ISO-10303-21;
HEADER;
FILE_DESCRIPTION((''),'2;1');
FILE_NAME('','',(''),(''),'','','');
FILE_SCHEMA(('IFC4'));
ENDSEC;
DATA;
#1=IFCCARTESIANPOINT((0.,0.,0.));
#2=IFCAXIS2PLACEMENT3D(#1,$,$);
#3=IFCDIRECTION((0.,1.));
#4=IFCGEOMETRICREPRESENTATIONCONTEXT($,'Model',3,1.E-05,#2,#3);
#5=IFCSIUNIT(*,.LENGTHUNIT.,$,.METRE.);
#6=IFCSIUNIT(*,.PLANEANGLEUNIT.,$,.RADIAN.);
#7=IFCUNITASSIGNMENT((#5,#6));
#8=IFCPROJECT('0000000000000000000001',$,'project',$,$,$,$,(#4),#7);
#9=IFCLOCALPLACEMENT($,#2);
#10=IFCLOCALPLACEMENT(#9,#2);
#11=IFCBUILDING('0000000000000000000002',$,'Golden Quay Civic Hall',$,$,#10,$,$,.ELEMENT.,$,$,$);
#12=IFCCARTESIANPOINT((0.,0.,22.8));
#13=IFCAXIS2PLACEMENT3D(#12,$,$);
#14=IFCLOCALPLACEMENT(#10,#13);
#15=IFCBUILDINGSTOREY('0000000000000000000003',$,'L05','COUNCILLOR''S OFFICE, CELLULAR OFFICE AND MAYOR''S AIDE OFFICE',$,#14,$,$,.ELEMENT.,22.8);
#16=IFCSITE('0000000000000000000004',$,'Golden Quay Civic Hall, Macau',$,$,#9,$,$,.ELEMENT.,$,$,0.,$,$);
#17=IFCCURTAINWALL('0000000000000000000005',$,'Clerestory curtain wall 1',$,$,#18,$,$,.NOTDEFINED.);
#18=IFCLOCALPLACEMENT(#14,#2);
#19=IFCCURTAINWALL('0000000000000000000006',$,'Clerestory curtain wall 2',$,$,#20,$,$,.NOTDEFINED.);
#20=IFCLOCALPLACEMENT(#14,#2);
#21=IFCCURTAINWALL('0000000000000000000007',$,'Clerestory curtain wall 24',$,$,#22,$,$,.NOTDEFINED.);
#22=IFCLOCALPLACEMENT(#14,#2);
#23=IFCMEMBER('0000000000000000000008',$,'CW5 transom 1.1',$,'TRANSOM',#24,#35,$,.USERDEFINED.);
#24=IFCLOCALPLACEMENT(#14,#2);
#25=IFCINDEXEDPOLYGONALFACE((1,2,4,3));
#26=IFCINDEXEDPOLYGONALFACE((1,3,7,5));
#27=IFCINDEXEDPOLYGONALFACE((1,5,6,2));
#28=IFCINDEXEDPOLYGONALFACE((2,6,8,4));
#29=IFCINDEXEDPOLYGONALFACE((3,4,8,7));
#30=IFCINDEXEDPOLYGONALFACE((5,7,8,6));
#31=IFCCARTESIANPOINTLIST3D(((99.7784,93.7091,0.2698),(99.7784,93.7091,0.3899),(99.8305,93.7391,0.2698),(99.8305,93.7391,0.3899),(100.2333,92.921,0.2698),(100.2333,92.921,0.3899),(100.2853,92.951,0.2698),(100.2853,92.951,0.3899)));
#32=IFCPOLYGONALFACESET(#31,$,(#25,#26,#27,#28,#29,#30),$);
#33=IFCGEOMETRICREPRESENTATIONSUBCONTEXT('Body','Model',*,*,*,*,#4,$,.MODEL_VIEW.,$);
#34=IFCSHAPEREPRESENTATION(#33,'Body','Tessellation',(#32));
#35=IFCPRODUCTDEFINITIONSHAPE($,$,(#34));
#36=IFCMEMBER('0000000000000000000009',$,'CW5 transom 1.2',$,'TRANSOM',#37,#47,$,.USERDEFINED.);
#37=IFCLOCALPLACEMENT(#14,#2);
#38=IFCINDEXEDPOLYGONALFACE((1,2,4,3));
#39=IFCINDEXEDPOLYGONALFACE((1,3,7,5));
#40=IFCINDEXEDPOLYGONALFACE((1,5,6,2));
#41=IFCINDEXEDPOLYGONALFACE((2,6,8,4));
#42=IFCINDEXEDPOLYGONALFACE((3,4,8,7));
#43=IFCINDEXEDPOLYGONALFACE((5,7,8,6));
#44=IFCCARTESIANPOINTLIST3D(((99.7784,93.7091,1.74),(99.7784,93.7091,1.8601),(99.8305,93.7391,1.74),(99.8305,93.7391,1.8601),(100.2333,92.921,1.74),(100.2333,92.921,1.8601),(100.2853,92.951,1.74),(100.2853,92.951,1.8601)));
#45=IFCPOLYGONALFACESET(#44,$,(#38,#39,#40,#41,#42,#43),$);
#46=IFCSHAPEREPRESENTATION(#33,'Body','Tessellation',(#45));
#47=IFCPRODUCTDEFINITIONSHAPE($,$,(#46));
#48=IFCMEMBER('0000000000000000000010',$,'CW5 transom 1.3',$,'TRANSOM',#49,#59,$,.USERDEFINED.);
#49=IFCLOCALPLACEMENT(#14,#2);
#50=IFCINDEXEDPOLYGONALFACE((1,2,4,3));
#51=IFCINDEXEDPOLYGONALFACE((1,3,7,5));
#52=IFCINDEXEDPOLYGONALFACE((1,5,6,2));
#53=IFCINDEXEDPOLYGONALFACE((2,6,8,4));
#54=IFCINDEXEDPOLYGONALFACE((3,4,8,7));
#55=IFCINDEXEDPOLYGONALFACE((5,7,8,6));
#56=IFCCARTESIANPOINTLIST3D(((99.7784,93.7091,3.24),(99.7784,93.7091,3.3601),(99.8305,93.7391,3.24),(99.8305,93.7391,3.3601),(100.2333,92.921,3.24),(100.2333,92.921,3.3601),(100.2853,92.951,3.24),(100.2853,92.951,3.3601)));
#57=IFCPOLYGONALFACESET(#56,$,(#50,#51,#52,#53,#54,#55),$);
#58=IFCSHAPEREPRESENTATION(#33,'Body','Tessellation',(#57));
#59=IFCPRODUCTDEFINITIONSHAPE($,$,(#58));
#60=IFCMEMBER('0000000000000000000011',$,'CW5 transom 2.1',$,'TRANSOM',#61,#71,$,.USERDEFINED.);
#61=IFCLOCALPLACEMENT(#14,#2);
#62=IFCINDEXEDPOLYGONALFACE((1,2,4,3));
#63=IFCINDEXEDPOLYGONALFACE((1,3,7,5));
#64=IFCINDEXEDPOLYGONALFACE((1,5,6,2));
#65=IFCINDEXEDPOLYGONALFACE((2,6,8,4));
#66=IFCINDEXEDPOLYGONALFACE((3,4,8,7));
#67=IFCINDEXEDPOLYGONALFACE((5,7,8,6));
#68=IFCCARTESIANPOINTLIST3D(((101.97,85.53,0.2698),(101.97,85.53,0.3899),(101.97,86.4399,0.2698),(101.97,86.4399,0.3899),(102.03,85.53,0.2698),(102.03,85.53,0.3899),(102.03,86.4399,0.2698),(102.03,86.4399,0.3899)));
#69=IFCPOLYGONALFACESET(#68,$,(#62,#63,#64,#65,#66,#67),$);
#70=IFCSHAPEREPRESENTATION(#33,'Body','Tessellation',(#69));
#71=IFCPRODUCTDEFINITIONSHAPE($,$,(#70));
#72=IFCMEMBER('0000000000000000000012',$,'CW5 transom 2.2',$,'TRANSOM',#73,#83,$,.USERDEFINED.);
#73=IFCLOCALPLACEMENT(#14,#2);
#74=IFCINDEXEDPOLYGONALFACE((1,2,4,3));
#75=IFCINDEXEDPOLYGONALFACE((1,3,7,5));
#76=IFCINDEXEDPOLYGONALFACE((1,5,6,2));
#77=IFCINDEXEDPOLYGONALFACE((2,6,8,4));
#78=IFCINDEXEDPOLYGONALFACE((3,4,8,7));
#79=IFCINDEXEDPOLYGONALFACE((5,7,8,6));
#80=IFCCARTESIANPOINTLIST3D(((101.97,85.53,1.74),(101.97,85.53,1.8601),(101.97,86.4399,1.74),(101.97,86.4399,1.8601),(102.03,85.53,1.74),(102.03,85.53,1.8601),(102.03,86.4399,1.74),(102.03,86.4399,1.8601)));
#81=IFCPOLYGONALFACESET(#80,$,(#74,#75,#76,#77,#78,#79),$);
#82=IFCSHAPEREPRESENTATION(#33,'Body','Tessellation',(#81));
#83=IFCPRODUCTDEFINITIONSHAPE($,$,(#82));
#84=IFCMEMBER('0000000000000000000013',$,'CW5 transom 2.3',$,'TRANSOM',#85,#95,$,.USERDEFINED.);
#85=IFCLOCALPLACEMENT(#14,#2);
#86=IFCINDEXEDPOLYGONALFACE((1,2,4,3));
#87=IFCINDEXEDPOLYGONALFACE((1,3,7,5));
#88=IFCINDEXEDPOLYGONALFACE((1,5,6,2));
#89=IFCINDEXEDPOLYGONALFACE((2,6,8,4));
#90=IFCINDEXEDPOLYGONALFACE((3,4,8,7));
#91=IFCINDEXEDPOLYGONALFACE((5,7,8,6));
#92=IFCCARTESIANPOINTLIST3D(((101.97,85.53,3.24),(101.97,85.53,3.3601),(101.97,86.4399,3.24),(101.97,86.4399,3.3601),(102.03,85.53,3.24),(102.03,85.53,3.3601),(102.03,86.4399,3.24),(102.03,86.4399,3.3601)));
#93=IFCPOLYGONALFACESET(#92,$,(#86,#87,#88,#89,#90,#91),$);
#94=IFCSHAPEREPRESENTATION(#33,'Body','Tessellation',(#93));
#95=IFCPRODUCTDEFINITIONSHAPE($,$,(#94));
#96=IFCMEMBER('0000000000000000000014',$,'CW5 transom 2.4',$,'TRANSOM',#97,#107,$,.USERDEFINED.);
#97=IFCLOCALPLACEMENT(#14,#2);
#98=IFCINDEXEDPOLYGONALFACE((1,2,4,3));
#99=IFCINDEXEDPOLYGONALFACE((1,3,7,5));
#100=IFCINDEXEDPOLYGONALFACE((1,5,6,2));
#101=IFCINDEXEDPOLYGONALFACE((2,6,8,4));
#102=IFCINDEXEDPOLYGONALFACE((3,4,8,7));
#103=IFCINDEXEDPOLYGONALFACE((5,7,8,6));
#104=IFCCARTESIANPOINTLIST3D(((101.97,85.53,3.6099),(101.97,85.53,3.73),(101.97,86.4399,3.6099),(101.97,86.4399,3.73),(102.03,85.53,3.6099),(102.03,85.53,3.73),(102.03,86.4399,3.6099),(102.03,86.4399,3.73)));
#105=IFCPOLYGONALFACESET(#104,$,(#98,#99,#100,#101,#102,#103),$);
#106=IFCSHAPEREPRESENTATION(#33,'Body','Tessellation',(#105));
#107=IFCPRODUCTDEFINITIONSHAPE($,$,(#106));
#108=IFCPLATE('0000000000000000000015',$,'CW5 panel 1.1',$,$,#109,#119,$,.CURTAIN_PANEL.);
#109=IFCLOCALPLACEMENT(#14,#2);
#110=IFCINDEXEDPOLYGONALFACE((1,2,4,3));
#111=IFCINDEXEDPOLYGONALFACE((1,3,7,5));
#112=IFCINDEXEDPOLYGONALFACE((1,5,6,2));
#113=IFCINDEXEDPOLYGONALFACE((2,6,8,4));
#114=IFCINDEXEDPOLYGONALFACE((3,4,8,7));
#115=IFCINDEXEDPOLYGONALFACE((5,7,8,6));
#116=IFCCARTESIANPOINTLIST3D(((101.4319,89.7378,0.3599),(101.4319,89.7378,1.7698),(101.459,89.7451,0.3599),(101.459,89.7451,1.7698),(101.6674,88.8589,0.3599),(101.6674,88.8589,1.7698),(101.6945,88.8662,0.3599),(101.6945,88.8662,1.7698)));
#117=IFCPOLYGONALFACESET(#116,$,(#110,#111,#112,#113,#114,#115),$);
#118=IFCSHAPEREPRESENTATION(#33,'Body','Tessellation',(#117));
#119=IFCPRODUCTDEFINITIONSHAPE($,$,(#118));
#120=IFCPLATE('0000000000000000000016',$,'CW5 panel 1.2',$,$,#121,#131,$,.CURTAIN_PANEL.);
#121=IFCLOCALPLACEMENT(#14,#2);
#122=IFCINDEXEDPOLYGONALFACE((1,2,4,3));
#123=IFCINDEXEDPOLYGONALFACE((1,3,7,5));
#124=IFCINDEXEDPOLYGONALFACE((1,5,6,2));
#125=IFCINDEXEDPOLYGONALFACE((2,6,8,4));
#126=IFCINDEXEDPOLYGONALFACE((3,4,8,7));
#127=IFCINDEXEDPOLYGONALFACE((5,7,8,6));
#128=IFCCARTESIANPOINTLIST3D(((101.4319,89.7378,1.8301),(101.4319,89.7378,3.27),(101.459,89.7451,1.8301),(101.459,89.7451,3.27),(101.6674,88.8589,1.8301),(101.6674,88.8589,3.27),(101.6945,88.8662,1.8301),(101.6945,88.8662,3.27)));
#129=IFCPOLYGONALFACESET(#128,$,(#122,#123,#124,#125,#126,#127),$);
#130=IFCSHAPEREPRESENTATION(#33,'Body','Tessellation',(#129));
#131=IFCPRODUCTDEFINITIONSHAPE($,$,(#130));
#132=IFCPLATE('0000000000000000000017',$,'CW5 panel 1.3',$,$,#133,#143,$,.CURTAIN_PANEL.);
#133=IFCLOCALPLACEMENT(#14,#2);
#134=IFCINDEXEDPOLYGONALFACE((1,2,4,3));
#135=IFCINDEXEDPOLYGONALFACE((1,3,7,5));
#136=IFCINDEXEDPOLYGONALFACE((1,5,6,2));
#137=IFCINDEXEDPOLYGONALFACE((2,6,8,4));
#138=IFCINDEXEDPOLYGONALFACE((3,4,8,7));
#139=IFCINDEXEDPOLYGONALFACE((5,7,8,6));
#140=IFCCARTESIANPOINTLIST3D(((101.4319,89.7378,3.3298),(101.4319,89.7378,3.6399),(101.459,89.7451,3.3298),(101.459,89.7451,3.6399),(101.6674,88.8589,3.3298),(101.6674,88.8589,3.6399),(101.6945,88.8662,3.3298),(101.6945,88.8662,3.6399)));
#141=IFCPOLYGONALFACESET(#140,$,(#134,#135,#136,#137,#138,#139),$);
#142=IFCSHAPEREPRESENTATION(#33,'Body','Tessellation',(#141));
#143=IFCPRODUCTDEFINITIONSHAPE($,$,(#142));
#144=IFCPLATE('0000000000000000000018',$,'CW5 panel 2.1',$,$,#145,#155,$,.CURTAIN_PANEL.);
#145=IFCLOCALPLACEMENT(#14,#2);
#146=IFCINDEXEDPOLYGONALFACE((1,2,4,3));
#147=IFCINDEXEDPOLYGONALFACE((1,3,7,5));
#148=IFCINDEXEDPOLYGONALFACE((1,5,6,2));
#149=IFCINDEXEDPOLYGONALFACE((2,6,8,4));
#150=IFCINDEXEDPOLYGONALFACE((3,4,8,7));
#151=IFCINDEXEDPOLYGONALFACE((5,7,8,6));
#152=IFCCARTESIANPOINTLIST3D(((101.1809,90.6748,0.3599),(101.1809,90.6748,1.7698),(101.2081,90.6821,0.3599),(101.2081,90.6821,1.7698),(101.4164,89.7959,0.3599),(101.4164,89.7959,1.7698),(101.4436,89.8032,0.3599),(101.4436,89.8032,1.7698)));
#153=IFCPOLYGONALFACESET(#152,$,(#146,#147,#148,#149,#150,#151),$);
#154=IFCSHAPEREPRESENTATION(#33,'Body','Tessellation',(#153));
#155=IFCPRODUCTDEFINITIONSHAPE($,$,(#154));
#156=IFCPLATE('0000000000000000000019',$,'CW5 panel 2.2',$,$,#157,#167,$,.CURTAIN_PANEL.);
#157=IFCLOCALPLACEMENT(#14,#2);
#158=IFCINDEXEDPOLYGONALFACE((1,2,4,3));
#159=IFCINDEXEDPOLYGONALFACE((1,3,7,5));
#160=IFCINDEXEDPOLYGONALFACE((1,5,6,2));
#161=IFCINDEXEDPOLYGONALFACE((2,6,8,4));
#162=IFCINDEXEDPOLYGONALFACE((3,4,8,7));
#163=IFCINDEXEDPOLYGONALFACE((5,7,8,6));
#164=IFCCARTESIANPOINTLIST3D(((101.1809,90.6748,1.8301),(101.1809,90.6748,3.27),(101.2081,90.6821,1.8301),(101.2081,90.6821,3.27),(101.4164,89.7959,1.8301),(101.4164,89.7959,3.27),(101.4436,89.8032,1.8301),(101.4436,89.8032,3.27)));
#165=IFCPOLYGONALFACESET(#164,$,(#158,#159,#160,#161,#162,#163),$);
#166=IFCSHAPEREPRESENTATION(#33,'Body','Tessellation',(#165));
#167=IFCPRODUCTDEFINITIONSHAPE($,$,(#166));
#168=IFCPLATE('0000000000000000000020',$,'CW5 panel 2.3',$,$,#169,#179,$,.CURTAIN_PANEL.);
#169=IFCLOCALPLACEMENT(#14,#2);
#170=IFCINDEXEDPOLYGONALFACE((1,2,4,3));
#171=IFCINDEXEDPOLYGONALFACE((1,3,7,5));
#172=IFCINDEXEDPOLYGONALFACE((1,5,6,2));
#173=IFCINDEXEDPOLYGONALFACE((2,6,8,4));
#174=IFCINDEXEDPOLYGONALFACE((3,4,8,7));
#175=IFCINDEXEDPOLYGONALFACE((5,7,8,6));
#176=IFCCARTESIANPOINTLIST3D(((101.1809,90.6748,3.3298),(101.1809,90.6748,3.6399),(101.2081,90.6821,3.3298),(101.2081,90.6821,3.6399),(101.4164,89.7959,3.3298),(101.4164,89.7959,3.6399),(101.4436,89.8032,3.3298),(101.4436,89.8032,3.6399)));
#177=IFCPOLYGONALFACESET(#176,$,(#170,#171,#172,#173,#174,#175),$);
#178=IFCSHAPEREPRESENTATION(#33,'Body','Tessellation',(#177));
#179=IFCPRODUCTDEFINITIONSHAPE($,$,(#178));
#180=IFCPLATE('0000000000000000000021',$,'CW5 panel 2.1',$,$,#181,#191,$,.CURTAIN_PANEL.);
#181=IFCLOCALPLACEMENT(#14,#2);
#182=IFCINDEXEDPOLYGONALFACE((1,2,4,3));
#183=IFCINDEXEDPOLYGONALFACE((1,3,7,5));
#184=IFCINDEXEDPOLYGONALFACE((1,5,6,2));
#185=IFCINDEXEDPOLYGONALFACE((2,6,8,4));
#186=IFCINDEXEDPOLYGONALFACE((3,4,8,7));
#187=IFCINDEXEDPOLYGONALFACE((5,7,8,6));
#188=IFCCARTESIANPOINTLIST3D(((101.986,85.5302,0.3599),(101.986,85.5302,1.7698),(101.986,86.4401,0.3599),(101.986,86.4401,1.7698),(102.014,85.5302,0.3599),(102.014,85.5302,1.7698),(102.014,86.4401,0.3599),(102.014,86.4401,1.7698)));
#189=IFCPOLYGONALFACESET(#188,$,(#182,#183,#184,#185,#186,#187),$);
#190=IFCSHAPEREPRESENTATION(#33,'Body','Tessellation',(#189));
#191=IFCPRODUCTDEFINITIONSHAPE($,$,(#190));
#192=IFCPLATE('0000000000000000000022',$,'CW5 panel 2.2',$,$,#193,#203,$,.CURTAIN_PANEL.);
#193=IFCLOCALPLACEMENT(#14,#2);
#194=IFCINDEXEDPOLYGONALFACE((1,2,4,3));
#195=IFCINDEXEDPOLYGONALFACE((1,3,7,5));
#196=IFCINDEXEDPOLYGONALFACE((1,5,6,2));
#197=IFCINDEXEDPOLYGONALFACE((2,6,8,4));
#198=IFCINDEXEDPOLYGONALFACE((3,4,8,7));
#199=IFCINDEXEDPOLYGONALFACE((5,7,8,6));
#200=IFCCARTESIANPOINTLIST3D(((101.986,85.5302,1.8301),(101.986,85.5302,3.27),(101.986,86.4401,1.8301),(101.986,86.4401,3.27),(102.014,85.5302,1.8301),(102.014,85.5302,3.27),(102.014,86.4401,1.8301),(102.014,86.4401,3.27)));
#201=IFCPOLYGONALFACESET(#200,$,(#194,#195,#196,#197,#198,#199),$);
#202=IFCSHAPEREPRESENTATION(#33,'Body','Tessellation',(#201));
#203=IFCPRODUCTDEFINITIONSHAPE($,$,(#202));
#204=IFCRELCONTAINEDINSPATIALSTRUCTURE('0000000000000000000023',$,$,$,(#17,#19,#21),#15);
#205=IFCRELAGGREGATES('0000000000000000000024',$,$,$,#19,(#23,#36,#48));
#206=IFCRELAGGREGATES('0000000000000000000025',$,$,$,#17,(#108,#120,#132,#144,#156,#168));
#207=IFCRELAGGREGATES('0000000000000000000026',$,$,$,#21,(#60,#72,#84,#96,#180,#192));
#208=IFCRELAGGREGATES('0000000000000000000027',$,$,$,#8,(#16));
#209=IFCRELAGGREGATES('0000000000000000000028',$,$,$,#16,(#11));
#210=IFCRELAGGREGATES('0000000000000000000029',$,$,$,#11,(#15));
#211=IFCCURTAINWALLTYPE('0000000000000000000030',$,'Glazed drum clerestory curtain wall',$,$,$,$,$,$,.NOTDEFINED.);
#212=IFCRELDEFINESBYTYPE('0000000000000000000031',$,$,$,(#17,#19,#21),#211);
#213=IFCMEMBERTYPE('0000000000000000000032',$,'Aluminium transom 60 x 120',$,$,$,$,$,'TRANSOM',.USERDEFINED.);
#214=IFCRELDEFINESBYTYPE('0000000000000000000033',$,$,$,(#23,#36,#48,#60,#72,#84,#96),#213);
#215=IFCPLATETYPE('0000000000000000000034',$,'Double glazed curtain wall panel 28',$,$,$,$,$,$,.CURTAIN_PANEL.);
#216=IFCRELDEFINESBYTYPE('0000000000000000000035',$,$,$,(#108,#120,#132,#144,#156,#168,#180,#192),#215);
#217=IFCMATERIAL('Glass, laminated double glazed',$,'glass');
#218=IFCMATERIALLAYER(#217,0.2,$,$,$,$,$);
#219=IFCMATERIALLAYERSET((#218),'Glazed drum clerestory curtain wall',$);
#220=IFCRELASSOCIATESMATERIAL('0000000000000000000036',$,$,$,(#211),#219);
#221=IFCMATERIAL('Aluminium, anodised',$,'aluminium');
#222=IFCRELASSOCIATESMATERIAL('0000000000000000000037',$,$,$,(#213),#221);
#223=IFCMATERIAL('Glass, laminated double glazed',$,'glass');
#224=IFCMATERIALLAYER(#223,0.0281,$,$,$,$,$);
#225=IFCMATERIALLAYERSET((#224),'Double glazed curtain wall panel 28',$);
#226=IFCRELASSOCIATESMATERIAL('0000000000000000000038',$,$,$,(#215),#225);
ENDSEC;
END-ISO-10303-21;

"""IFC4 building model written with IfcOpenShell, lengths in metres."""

from ifc_helpers import new_model, si_unit, direction, frame, origin, origin_2d, place, context, subcontext, project, spatial, rectangle, extrude, material, layer, layer_set, material_profile, profile_set, type_object, element, aggregate, save


model = new_model("IFC4")

# Units and contexts
model_context = context("Model", 3, precision=1e-05, world=origin(), true_north=direction((0.0, 1.0)))
body_context = subcontext(model_context, "Body", "Model", "MODEL_VIEW")
ifc_project = project(units=[si_unit("LENGTHUNIT", "METRE"), si_unit("PLANEANGLEUNIT", "RADIAN")], contexts=[model_context])

# Site, building, storey
site_placement = place(None, origin())
site = spatial("IfcSite", under=ifc_project, at=site_placement, Name="Golden Quay Civic Hall, Macau", CompositionType="ELEMENT", RefElevation=0.0)
building_placement = place(site_placement, origin())
building = spatial("IfcBuilding", under=site, at=building_placement, Name="Golden Quay Civic Hall", CompositionType="ELEMENT")
storey_placement = place(building_placement, frame((0.0, 0.0, 22.8)))
storey = spatial("IfcBuildingStorey", under=building, at=storey_placement, Name="L05", Description="COUNCILLOR'S OFFICE, CELLULAR OFFICE AND MAYOR'S AIDE OFFICE", CompositionType="ELEMENT", Elevation=22.8)

# Curtain wall
ifc_material_1 = material(Name="Glass, laminated double glazed", Category="glass")
ifc_layer_1 = layer(ifc_material_1, 0.2)
ifc_layer_set_1 = layer_set([ifc_layer_1], Name="Glazed drum clerestory curtain wall")
curtain_wall_type = type_object("IfcCurtainWallType", Name="Glazed drum clerestory curtain wall", PredefinedType="NOTDEFINED", material=ifc_layer_set_1)
curtain_wall_1_placement = place(storey_placement, origin())
curtain_wall_1 = element("IfcCurtainWall", 1, at=curtain_wall_1_placement, inside=storey, type_object=curtain_wall_type, Name="Clerestory curtain wall 1", PredefinedType="NOTDEFINED")

# Curtain wall
curtain_wall_2_placement = place(storey_placement, origin())
curtain_wall_2 = element("IfcCurtainWall", 2, at=curtain_wall_2_placement, inside=storey, type_object=curtain_wall_type, Name="Clerestory curtain wall 2", PredefinedType="NOTDEFINED")

# Curtain wall
curtain_wall_3_placement = place(storey_placement, origin())
curtain_wall_3 = element("IfcCurtainWall", 3, at=curtain_wall_3_placement, inside=storey, type_object=curtain_wall_type, Name="Clerestory curtain wall 24", PredefinedType="NOTDEFINED")

# Members
ifc_material_2 = material(Name="Aluminium, anodised", Category="aluminium")
ifc_material_profile_1 = material_profile(ifc_material_2, rectangle(XDim=0.0601, YDim=0.1201, at=origin_2d()), Name="Aluminium 60 x 120")
ifc_profile_set_1 = profile_set([ifc_material_profile_1], Name="Aluminium, anodised")
member_type_1 = type_object("IfcMemberType", Name="Aluminium transom 60 x 120", ElementType="TRANSOM", PredefinedType="USERDEFINED", material=ifc_profile_set_1)
member_1_placement = place(storey_placement, frame((100.2593, 92.936, 0.3298), z_axis=(-0.499862, 0.866105, 0.0), x_axis=(-0.866105, -0.499862, 0.0)))
member_1 = element("IfcMember", 4, at=member_1_placement, type_object=member_type_1, Name="CW5 transom 1.1", ObjectType="TRANSOM", PredefinedType="USERDEFINED", context=body_context, shape_type="SweptSolid", body=[
    extrude(rectangle(XDim=0.0601, YDim=0.1201, at=origin_2d()), origin(), (0.0, 0.0, 1.0), 0.9099),
])
member_2_placement = place(storey_placement, frame((100.2593, 92.936, 1.8), z_axis=(-0.499862, 0.866105, 0.0), x_axis=(-0.866105, -0.499862, 0.0)))
member_2 = element("IfcMember", 5, at=member_2_placement, type_object=member_type_1, Name="CW5 transom 1.2", ObjectType="TRANSOM", PredefinedType="USERDEFINED", context=body_context, shape_type="SweptSolid", body=[
    extrude(rectangle(XDim=0.0601, YDim=0.1201, at=origin_2d()), origin(), (0.0, 0.0, 1.0), 0.9099),
])
member_3_placement = place(storey_placement, frame((100.2593, 92.936, 3.3), z_axis=(-0.499862, 0.866105, 0.0), x_axis=(-0.866105, -0.499862, 0.0)))
member_3 = element("IfcMember", 6, at=member_3_placement, type_object=member_type_1, Name="CW5 transom 1.3", ObjectType="TRANSOM", PredefinedType="USERDEFINED", context=body_context, shape_type="SweptSolid", body=[
    extrude(rectangle(XDim=0.0601, YDim=0.1201, at=origin_2d()), origin(), (0.0, 0.0, 1.0), 0.9099),
])
aggregate(curtain_wall_2, [member_1, member_2, member_3])
member_4_placement = place(storey_placement, frame((102.0, 85.53, 0.3298), z_axis=(0.0, 1.0, 0.0), x_axis=(-1.0, 0.0, 0.0)))
member_4 = element("IfcMember", 7, at=member_4_placement, type_object=member_type_1, Name="CW5 transom 2.1", ObjectType="TRANSOM", PredefinedType="USERDEFINED", context=body_context, shape_type="SweptSolid", body=[
    extrude(rectangle(XDim=0.0601, YDim=0.1201, at=origin_2d()), origin(), (0.0, 0.0, 1.0), 0.9099),
])
member_5_placement = place(storey_placement, frame((102.0, 85.53, 1.8), z_axis=(0.0, 1.0, 0.0), x_axis=(-1.0, 0.0, 0.0)))
member_5 = element("IfcMember", 8, at=member_5_placement, type_object=member_type_1, Name="CW5 transom 2.2", ObjectType="TRANSOM", PredefinedType="USERDEFINED", context=body_context, shape_type="SweptSolid", body=[
    extrude(rectangle(XDim=0.0601, YDim=0.1201, at=origin_2d()), origin(), (0.0, 0.0, 1.0), 0.9099),
])
member_6_placement = place(storey_placement, frame((102.0, 85.53, 3.3), z_axis=(0.0, 1.0, 0.0), x_axis=(-1.0, 0.0, 0.0)))
member_6 = element("IfcMember", 9, at=member_6_placement, type_object=member_type_1, Name="CW5 transom 2.3", ObjectType="TRANSOM", PredefinedType="USERDEFINED", context=body_context, shape_type="SweptSolid", body=[
    extrude(rectangle(XDim=0.0601, YDim=0.1201, at=origin_2d()), origin(), (0.0, 0.0, 1.0), 0.9099),
])
member_7_placement = place(storey_placement, frame((102.0, 85.53, 3.6699), z_axis=(0.0, 1.0, 0.0), x_axis=(-1.0, 0.0, 0.0)))
member_7 = element("IfcMember", 10, at=member_7_placement, type_object=member_type_1, Name="CW5 transom 2.4", ObjectType="TRANSOM", PredefinedType="USERDEFINED", context=body_context, shape_type="SweptSolid", body=[
    extrude(rectangle(XDim=0.0601, YDim=0.1201, at=origin_2d()), origin(), (0.0, 0.0, 1.0), 0.9099),
])

# Plates
ifc_material_3 = material(Name="Glass, laminated double glazed", Category="glass")
ifc_layer_2 = layer(ifc_material_3, 0.0281)
ifc_layer_set_2 = layer_set([ifc_layer_2], Name="Double glazed curtain wall panel 28")
plate_type = type_object("IfcPlateType", Name="Double glazed curtain wall panel 28", PredefinedType="CURTAIN_PANEL", material=ifc_layer_set_2)
plate_1_placement = place(storey_placement, frame((101.5632, 89.302, 0.3599), z_axis=(0.0, 0.0, 1.0), x_axis=(-0.258808, 0.965929, 0.0)))
plate_1 = element("IfcPlate", 11, at=plate_1_placement, type_object=plate_type, Name="CW5 panel 1.1", PredefinedType="CURTAIN_PANEL", context=body_context, shape_type="SweptSolid", body=[
    extrude(rectangle(XDim=0.9099, YDim=0.0281, at=origin_2d()), origin(), (0.0, 0.0, 1.0), 1.4099),
])
plate_2_placement = place(storey_placement, frame((101.5632, 89.302, 1.8301), z_axis=(0.0, 0.0, 1.0), x_axis=(-0.258808, 0.965929, 0.0)))
plate_2 = element("IfcPlate", 12, at=plate_2_placement, type_object=plate_type, Name="CW5 panel 1.2", PredefinedType="CURTAIN_PANEL", context=body_context, shape_type="SweptSolid", body=[
    extrude(rectangle(XDim=0.9099, YDim=0.0281, at=origin_2d()), origin(), (0.0, 0.0, 1.0), 1.4399),
])
plate_3_placement = place(storey_placement, frame((101.5632, 89.302, 3.3298), z_axis=(0.0, 0.0, 1.0), x_axis=(-0.258808, 0.965929, 0.0)))
plate_3 = element("IfcPlate", 13, at=plate_3_placement, type_object=plate_type, Name="CW5 panel 1.3", PredefinedType="CURTAIN_PANEL", context=body_context, shape_type="SweptSolid", body=[
    extrude(rectangle(XDim=0.9099, YDim=0.0281, at=origin_2d()), origin(), (0.0, 0.0, 1.0), 0.3101),
])
plate_4_placement = place(storey_placement, frame((101.3123, 90.239, 0.3599), z_axis=(0.0, 0.0, 1.0), x_axis=(-0.258808, 0.965929, 0.0)))
plate_4 = element("IfcPlate", 14, at=plate_4_placement, type_object=plate_type, Name="CW5 panel 2.1", PredefinedType="CURTAIN_PANEL", context=body_context, shape_type="SweptSolid", body=[
    extrude(rectangle(XDim=0.9099, YDim=0.0281, at=origin_2d()), origin(), (0.0, 0.0, 1.0), 1.4099),
])
plate_5_placement = place(storey_placement, frame((101.3123, 90.239, 1.8301), z_axis=(0.0, 0.0, 1.0), x_axis=(-0.258808, 0.965929, 0.0)))
plate_5 = element("IfcPlate", 15, at=plate_5_placement, type_object=plate_type, Name="CW5 panel 2.2", PredefinedType="CURTAIN_PANEL", context=body_context, shape_type="SweptSolid", body=[
    extrude(rectangle(XDim=0.9099, YDim=0.0281, at=origin_2d()), origin(), (0.0, 0.0, 1.0), 1.4399),
])
plate_6_placement = place(storey_placement, frame((101.3123, 90.239, 3.3298), z_axis=(0.0, 0.0, 1.0), x_axis=(-0.258808, 0.965929, 0.0)))
plate_6 = element("IfcPlate", 16, at=plate_6_placement, type_object=plate_type, Name="CW5 panel 2.3", PredefinedType="CURTAIN_PANEL", context=body_context, shape_type="SweptSolid", body=[
    extrude(rectangle(XDim=0.9099, YDim=0.0281, at=origin_2d()), origin(), (0.0, 0.0, 1.0), 0.3101),
])
aggregate(curtain_wall_1, [plate_1, plate_2, plate_3, plate_4, plate_5, plate_6])
plate_7_placement = place(storey_placement, frame((102.0, 85.9851, 0.3599), z_axis=(0.0, 0.0, 1.0), x_axis=(0.0, 1.0, 0.0)))
plate_7 = element("IfcPlate", 17, at=plate_7_placement, type_object=plate_type, Name="CW5 panel 2.1", PredefinedType="CURTAIN_PANEL", context=body_context, shape_type="SweptSolid", body=[
    extrude(rectangle(XDim=0.9099, YDim=0.0281, at=origin_2d()), origin(), (0.0, 0.0, 1.0), 1.4099),
])
plate_8_placement = place(storey_placement, frame((102.0, 85.9851, 1.8301), z_axis=(0.0, 0.0, 1.0), x_axis=(0.0, 1.0, 0.0)))
plate_8 = element("IfcPlate", 18, at=plate_8_placement, type_object=plate_type, Name="CW5 panel 2.2", PredefinedType="CURTAIN_PANEL", context=body_context, shape_type="SweptSolid", body=[
    extrude(rectangle(XDim=0.9099, YDim=0.0281, at=origin_2d()), origin(), (0.0, 0.0, 1.0), 1.4399),
])
aggregate(curtain_wall_3, [member_4, member_5, member_6, member_7, plate_7, plate_8])

save(model, "model.ifc")
